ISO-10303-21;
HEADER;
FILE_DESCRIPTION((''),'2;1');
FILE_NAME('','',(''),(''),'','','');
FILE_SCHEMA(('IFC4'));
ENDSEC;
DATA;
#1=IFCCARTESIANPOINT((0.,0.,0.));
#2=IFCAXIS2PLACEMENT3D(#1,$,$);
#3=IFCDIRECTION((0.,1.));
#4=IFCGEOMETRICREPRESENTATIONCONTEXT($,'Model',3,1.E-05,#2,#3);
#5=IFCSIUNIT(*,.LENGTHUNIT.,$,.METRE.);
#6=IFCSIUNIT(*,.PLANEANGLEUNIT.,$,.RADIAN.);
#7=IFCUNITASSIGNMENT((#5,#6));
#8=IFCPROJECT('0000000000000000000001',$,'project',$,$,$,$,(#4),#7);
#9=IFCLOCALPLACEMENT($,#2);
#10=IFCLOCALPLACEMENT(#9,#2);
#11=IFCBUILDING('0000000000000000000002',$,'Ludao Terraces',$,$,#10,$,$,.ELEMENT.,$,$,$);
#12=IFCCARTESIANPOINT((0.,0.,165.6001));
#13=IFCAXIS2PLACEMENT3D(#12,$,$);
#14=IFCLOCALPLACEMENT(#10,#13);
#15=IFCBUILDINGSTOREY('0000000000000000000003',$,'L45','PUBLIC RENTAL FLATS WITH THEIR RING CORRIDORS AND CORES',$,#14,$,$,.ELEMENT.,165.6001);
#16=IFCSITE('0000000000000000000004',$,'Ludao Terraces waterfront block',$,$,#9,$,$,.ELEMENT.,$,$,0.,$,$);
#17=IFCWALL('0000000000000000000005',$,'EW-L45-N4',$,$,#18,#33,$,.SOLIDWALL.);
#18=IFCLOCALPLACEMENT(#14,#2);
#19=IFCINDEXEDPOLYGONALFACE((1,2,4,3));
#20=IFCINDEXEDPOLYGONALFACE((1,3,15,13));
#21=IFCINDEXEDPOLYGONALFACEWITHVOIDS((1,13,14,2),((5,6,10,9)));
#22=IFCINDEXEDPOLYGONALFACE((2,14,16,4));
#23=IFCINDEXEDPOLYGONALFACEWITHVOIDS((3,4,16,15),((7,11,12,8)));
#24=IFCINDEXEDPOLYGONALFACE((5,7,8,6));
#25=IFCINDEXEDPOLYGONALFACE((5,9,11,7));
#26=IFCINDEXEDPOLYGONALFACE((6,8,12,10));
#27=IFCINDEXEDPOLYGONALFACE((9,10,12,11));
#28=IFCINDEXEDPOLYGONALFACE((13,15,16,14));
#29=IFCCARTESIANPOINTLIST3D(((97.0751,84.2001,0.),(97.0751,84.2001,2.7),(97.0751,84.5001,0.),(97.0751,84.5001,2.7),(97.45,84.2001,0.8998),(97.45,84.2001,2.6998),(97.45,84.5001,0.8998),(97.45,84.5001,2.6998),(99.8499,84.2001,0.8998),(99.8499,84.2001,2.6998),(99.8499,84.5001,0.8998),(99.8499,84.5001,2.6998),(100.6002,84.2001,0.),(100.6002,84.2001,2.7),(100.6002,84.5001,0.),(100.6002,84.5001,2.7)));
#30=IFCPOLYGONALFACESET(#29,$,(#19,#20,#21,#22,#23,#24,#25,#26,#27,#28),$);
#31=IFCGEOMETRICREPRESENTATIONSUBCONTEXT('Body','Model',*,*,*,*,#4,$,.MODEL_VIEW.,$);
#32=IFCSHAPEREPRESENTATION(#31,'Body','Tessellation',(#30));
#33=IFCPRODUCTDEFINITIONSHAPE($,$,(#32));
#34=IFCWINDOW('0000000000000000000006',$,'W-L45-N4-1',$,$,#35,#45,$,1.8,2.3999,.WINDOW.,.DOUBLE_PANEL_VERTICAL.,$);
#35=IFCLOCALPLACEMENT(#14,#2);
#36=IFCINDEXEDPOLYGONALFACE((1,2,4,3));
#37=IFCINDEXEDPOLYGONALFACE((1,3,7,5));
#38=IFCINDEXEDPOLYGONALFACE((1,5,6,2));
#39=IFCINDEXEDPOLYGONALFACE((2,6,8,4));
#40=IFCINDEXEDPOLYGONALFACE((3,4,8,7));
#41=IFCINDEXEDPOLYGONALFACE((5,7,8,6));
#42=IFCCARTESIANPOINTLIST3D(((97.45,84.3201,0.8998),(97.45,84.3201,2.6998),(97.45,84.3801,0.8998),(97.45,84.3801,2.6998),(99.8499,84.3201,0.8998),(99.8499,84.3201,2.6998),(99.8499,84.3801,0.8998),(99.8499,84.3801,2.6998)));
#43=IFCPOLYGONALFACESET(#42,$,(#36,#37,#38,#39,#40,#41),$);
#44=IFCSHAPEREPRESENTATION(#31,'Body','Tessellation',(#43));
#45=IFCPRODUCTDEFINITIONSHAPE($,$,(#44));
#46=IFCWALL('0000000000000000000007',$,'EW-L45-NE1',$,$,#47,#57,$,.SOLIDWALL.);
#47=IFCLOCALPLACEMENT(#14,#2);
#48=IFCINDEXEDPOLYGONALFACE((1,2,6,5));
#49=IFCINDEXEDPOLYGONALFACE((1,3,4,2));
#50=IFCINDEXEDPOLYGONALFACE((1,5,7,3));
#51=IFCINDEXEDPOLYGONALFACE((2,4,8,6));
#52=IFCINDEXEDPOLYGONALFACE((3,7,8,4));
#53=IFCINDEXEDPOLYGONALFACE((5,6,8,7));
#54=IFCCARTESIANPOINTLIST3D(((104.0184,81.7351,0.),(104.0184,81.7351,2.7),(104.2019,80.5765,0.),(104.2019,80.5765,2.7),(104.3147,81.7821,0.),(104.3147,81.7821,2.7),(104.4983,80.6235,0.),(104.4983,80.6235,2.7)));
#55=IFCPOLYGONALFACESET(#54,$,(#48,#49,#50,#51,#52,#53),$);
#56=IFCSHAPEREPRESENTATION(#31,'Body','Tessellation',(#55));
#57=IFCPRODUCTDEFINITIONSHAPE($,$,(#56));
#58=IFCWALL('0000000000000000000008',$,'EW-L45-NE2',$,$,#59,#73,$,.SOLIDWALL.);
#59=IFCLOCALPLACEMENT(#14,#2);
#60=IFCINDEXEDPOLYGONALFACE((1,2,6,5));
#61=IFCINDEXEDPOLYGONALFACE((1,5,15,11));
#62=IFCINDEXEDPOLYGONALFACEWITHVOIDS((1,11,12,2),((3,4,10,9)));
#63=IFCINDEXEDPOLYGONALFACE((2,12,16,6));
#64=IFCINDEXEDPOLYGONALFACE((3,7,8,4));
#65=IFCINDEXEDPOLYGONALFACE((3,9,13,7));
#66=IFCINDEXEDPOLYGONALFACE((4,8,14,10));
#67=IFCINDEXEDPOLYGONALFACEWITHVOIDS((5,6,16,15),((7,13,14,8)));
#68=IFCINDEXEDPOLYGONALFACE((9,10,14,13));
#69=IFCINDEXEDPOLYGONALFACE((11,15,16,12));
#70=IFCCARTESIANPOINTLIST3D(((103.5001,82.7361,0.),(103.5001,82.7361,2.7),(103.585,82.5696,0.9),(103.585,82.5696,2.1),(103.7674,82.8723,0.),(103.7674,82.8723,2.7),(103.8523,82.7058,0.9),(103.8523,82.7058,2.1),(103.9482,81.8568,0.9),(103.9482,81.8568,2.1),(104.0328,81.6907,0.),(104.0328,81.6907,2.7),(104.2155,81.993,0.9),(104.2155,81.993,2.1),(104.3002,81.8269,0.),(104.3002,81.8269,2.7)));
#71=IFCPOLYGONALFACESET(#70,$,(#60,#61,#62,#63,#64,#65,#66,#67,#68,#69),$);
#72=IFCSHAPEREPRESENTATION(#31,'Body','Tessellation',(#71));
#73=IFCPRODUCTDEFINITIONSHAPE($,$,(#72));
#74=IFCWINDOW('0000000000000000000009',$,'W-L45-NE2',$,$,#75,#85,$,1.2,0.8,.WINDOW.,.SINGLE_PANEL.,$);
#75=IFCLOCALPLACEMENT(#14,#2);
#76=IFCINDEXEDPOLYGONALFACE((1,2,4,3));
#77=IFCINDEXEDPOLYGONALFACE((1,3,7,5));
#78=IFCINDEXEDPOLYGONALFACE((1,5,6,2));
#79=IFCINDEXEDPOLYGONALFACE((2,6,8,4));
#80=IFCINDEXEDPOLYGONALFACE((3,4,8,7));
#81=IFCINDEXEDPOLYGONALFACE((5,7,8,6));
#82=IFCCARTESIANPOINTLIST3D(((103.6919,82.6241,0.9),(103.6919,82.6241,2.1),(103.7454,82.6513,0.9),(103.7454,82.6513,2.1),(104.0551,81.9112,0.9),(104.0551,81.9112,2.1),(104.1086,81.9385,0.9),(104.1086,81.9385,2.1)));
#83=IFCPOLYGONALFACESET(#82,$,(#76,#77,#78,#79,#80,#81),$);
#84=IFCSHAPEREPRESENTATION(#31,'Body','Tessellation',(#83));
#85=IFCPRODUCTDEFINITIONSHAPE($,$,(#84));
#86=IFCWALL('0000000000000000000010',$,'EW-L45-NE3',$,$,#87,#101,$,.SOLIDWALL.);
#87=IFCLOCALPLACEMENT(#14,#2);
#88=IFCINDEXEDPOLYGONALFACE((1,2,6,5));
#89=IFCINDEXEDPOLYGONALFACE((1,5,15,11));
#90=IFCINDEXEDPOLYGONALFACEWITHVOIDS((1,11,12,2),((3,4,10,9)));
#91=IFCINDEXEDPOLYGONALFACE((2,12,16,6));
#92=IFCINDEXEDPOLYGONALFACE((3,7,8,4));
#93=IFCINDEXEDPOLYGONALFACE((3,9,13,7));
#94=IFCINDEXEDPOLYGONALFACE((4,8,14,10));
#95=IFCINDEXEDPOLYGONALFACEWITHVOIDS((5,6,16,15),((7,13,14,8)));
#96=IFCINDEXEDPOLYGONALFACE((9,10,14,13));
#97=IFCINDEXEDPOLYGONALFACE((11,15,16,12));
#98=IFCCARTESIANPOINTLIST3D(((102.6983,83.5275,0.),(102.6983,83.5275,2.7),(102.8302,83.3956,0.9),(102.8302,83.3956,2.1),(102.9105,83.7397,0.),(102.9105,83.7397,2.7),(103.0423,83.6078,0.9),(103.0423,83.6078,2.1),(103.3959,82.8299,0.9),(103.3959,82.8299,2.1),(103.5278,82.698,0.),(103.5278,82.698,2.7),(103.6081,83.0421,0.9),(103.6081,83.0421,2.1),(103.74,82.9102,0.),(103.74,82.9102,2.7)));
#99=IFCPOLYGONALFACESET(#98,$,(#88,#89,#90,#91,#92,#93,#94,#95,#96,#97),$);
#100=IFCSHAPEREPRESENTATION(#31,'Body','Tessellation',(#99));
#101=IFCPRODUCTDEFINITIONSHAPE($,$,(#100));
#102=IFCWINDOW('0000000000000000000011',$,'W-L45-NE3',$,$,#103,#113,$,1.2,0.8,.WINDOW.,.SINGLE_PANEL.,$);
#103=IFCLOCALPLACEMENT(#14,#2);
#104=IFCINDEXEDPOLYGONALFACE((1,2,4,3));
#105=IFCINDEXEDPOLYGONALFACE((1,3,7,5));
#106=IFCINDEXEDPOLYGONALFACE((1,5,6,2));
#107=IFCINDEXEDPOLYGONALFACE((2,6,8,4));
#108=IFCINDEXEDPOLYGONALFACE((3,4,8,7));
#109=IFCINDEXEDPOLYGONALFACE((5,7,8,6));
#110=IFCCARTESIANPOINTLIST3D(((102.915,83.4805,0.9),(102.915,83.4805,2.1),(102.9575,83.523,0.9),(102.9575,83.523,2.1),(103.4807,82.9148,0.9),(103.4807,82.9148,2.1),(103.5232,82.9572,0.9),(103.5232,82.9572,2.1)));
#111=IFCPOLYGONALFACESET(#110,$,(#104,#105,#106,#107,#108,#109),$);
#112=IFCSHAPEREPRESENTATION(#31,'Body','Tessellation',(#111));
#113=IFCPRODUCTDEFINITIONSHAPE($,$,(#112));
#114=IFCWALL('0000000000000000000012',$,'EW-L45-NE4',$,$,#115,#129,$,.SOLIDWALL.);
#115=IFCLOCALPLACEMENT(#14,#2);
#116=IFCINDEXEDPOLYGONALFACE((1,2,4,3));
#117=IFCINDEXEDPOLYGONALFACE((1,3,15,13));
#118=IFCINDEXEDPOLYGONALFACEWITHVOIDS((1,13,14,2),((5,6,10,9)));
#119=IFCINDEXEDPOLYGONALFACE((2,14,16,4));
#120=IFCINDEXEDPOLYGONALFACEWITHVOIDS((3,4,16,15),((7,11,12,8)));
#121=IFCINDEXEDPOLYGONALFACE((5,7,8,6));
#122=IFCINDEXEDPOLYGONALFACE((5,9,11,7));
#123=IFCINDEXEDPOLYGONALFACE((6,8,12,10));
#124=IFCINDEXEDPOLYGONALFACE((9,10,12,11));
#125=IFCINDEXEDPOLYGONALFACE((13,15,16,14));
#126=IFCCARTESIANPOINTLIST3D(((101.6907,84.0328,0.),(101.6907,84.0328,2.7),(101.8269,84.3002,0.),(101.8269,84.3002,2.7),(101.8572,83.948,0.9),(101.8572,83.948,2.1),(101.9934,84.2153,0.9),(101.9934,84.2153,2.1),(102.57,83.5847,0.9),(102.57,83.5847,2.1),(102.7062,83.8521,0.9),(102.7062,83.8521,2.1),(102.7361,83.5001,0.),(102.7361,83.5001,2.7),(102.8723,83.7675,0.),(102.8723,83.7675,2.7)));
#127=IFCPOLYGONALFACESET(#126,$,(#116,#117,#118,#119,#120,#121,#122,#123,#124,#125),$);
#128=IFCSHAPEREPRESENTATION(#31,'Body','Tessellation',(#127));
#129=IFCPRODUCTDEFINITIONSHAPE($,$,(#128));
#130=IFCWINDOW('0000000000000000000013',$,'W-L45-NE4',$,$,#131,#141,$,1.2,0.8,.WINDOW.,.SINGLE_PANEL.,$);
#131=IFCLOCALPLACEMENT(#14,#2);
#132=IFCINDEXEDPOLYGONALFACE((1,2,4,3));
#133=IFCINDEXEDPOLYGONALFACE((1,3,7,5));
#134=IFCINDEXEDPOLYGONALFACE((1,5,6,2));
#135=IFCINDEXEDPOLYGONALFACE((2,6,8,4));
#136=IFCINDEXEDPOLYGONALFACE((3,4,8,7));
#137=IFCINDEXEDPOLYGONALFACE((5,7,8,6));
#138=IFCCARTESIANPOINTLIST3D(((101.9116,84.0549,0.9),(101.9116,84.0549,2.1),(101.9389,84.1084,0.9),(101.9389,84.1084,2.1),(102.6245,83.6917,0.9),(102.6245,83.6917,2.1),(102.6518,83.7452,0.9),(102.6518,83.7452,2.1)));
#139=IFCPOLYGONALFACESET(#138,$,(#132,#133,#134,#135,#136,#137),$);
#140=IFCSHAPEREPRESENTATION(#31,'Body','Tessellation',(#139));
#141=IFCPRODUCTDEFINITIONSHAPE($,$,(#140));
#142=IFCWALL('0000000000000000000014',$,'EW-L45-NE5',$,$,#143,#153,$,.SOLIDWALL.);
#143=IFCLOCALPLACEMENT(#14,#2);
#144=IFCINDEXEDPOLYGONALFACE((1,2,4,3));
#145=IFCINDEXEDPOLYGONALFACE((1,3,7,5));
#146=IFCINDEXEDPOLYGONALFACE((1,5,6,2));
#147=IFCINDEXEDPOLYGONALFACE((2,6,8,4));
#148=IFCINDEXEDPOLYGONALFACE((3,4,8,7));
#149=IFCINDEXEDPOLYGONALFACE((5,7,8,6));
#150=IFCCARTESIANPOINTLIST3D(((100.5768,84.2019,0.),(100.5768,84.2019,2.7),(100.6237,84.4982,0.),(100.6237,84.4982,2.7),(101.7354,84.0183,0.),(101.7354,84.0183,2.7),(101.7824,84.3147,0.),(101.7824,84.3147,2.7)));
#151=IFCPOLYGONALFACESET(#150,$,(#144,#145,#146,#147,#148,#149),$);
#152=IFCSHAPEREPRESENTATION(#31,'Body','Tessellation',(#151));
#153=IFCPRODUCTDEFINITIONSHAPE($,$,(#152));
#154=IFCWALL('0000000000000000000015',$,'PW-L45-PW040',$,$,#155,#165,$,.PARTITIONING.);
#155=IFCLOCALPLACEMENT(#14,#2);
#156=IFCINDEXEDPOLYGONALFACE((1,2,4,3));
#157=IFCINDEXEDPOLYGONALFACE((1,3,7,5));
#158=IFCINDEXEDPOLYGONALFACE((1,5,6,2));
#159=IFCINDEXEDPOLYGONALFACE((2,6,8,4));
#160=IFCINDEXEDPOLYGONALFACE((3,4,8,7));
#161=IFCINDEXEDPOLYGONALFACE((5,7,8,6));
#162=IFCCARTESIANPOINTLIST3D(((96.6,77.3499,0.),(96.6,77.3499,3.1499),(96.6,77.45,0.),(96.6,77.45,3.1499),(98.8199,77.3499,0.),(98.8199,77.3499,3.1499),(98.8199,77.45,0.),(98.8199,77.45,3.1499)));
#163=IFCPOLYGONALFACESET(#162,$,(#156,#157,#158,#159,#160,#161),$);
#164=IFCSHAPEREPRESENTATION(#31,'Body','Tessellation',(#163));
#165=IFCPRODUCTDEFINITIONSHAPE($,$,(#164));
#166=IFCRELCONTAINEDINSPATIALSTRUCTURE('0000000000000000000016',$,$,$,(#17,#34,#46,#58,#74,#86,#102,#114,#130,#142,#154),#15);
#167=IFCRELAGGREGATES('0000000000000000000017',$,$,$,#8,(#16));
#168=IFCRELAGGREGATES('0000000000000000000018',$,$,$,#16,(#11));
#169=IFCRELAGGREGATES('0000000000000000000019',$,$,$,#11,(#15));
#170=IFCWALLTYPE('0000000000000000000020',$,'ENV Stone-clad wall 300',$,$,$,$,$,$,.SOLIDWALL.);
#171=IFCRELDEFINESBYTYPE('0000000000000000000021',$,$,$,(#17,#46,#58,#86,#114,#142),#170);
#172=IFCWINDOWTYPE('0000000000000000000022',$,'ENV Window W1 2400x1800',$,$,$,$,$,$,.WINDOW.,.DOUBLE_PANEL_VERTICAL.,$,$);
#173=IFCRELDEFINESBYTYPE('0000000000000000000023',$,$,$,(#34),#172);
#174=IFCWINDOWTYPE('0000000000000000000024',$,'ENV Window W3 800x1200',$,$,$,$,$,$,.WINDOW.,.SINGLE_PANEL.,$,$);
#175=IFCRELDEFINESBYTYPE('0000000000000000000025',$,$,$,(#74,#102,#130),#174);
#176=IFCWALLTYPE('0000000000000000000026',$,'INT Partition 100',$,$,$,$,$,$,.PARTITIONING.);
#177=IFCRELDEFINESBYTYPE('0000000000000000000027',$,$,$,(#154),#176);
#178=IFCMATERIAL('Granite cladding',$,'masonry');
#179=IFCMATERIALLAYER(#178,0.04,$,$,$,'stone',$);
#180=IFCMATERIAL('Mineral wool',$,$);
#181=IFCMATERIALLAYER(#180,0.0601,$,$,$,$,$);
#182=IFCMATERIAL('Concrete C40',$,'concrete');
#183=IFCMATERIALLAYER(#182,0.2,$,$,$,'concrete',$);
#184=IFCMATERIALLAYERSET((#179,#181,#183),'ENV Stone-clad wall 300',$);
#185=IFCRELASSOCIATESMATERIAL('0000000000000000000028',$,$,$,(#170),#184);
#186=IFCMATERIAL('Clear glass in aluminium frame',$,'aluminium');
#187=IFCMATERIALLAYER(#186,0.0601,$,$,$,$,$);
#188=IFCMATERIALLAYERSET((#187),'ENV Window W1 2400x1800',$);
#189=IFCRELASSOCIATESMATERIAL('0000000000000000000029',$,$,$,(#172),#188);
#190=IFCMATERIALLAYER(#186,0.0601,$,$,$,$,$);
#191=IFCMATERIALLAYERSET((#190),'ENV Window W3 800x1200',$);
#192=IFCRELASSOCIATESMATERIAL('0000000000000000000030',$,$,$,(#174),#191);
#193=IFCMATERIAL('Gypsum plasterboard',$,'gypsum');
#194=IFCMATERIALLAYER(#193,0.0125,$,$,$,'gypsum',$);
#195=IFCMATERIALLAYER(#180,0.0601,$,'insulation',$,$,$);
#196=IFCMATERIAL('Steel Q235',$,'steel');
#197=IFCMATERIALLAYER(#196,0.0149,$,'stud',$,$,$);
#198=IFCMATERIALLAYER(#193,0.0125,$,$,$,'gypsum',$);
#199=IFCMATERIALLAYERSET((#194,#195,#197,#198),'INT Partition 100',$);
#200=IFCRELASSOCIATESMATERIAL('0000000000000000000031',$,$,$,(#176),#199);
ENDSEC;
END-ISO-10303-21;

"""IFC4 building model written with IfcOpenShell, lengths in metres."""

from ifc_helpers import new_model, si_unit, direction, frame, frame_2d, origin, place, context, subcontext, project, spatial, rectangle, extrude, material, layer, layer_set, type_object, element, fill, save


model = new_model("IFC4")

# Units and contexts
model_context = context("Model", 3, precision=1e-05, world=origin(), true_north=direction((0.0, 1.0)))
body_context = subcontext(model_context, "Body", "Model", "MODEL_VIEW")
ifc_project = project(units=[si_unit("LENGTHUNIT", "METRE"), si_unit("PLANEANGLEUNIT", "RADIAN")], contexts=[model_context])

# Site, building, storey
site_placement = place(None, origin())
site = spatial("IfcSite", under=ifc_project, at=site_placement, Name="Ludao Terraces waterfront block", CompositionType="ELEMENT", RefElevation=0.0)
building_placement = place(site_placement, origin())
building = spatial("IfcBuilding", under=site, at=building_placement, Name="Ludao Terraces", CompositionType="ELEMENT")
storey_placement = place(building_placement, frame((0.0, 0.0, 165.6001)))
storey = spatial("IfcBuildingStorey", under=building, at=storey_placement, Name="L45", Description="PUBLIC RENTAL FLATS WITH THEIR RING CORRIDORS AND CORES", CompositionType="ELEMENT", Elevation=165.6001)

# Shared definitions
ifc_material_1 = material(Name="Concrete C40", Category="concrete")

# Shared definitions
ifc_material_2 = material(Name="Steel Q235", Category="steel")

# Shared definitions
ifc_material_3 = material(Name="Granite cladding", Category="masonry")
ifc_layer_1 = layer(ifc_material_3, 0.04, Category="stone")
ifc_material_4 = material(Name="Mineral wool")
ifc_layer_2 = layer(ifc_material_4, 0.0601)
ifc_layer_3 = layer(ifc_material_1, 0.2, Category="concrete")
ifc_layer_set_1 = layer_set([ifc_layer_1, ifc_layer_2, ifc_layer_3], Name="ENV Stone-clad wall 300")
wall_type_1 = type_object("IfcWallType", Name="ENV Stone-clad wall 300", PredefinedType="SOLIDWALL", material=ifc_layer_set_1)
ifc_material_5 = material(Name="Clear glass in aluminium frame", Category="aluminium")
ifc_layer_4 = layer(ifc_material_5, 0.0601)
ifc_layer_set_2 = layer_set([ifc_layer_4], Name="ENV Window W1 2400x1800")
window_type_1 = type_object("IfcWindowType", Name="ENV Window W1 2400x1800", PartitioningType="DOUBLE_PANEL_VERTICAL", PredefinedType="WINDOW", material=ifc_layer_set_2)

# Wall, opening, window
wall_1_placement = place(storey_placement, frame((97.075, 84.3501, 0.0), z_axis=(0.0, 0.0, 1.0), x_axis=(1.0, 0.0, 0.0)))
wall_1 = element("IfcWall", 1, at=wall_1_placement, inside=storey, type_object=wall_type_1, Name="EW-L45-N4", PredefinedType="SOLIDWALL", context=body_context, shape_type="SweptSolid", body=[
    extrude(rectangle(XDim=3.5251, YDim=0.3, at=frame_2d((1.7627, 0.0))), origin(), (0.0, 0.0, 1.0), 2.7),
])
opening_1_placement = place(wall_1_placement, frame((0.375, 0.0, 0.8999)))
opening_1 = element("IfcOpeningElement", 2, at=opening_1_placement, cuts=wall_1, PredefinedType="OPENING", context=body_context, shape_type="SweptSolid", body=[
    extrude(rectangle(XDim=2.3999, YDim=1.8, at=frame_2d((1.2, 0.8999))), frame((0.0, 0.1602, 0.0), z_axis=(0.0, -1.0, 0.0), x_axis=(1.0, 0.0, 0.0)), (0.0, 0.0, 1.0), 0.3201),
])
window_1_placement = place(opening_1_placement, origin())
window_1 = element("IfcWindow", 3, at=window_1_placement, inside=storey, type_object=window_type_1, Name="W-L45-N4-1", OverallHeight=1.8, OverallWidth=2.3999, PartitioningType="DOUBLE_PANEL_VERTICAL", PredefinedType="WINDOW", context=body_context, shape_type="SweptSolid", body=[
    extrude(rectangle(XDim=2.3999, YDim=1.8, at=frame_2d((1.2, 0.8999))), frame((0.0, 0.03, 0.0), z_axis=(0.0, -1.0, 0.0), x_axis=(1.0, 0.0, 0.0)), (0.0, 0.0, 1.0), 0.0601),
])
fill(opening_1, window_1)

# Wall
wall_2_placement = place(storey_placement, frame((104.3501, 80.6001, 0.0), z_axis=(0.0, 0.0, 1.0), x_axis=(-0.156497, 0.987678, 0.0)))
element("IfcWall", 4, at=wall_2_placement, inside=storey, type_object=wall_type_1, Name="EW-L45-NE1", PredefinedType="SOLIDWALL", context=body_context, shape_type="SweptSolid", body=[
    extrude(rectangle(XDim=1.1731, YDim=0.3, at=frame_2d((0.5864, 0.0))), origin(), (0.0, 0.0, 1.0), 2.7),
])

# Walls, openings, windows
wall_3_placement = place(storey_placement, frame((104.1665, 81.7588, 0.0), z_axis=(0.0, 0.0, 1.0), x_axis=(-0.454026, 0.890989, 0.0)))
wall_3 = element("IfcWall", 5, at=wall_3_placement, inside=storey, type_object=wall_type_1, Name="EW-L45-NE2", PredefinedType="SOLIDWALL", context=body_context, shape_type="SweptSolid", body=[
    extrude(rectangle(XDim=1.1733, YDim=0.3, at=frame_2d((0.5867, 0.0))), origin(), (0.0, 0.0, 1.0), 2.7),
])
opening_2_placement = place(wall_3_placement, frame((0.1865, 0.0, 0.8999)))
opening_2 = element("IfcOpeningElement", 6, at=opening_2_placement, cuts=wall_3, PredefinedType="OPENING", context=body_context, shape_type="SweptSolid", body=[
    extrude(rectangle(XDim=0.8, YDim=1.2, at=frame_2d((0.3999, 0.6001))), frame((0.0, 0.1602, 0.0), z_axis=(0.0, -1.0, 0.0), x_axis=(1.0, 0.0, 0.0)), (0.0, 0.0, 1.0), 0.3201),
])
ifc_layer_5 = layer(ifc_material_5, 0.0601)
ifc_layer_set_3 = layer_set([ifc_layer_5], Name="ENV Window W3 800x1200")
window_type_2 = type_object("IfcWindowType", Name="ENV Window W3 800x1200", PartitioningType="SINGLE_PANEL", PredefinedType="WINDOW", material=ifc_layer_set_3)
window_2_placement = place(opening_2_placement, origin())
window_2 = element("IfcWindow", 7, at=window_2_placement, inside=storey, type_object=window_type_2, Name="W-L45-NE2", OverallHeight=1.2, OverallWidth=0.8, PartitioningType="SINGLE_PANEL", PredefinedType="WINDOW", context=body_context, shape_type="SweptSolid", body=[
    extrude(rectangle(XDim=0.8, YDim=1.2, at=frame_2d((0.3999, 0.6001))), frame((0.0, 0.03, 0.0), z_axis=(0.0, -1.0, 0.0), x_axis=(1.0, 0.0, 0.0)), (0.0, 0.0, 1.0), 0.0601),
])
fill(opening_2, window_2)
wall_4_placement = place(storey_placement, frame((103.6338, 82.8042, 0.0), z_axis=(0.0, 0.0, 1.0), x_axis=(-0.707107, 0.707107, 0.0)))
wall_4 = element("IfcWall", 8, at=wall_4_placement, inside=storey, type_object=wall_type_1, Name="EW-L45-NE3", PredefinedType="SOLIDWALL", context=body_context, shape_type="SweptSolid", body=[
    extrude(rectangle(XDim=1.1731, YDim=0.3, at=frame_2d((0.5864, 0.0))), origin(), (0.0, 0.0, 1.0), 2.7),
])
opening_3_placement = place(wall_4_placement, frame((0.1865, 0.0, 0.8999)))
opening_3 = element("IfcOpeningElement", 9, at=opening_3_placement, cuts=wall_4, PredefinedType="OPENING", context=body_context, shape_type="SweptSolid", body=[
    extrude(rectangle(XDim=0.8, YDim=1.2, at=frame_2d((0.3999, 0.6001))), frame((0.0, 0.1602, 0.0), z_axis=(0.0, -1.0, 0.0), x_axis=(1.0, 0.0, 0.0)), (0.0, 0.0, 1.0), 0.3201),
])
window_3_placement = place(opening_3_placement, origin())
window_3 = element("IfcWindow", 10, at=window_3_placement, inside=storey, type_object=window_type_2, Name="W-L45-NE3", OverallHeight=1.2, OverallWidth=0.8, PartitioningType="SINGLE_PANEL", PredefinedType="WINDOW", context=body_context, shape_type="SweptSolid", body=[
    extrude(rectangle(XDim=0.8, YDim=1.2, at=frame_2d((0.3999, 0.6001))), frame((0.0, 0.03, 0.0), z_axis=(0.0, -1.0, 0.0), x_axis=(1.0, 0.0, 0.0)), (0.0, 0.0, 1.0), 0.0601),
])
fill(opening_3, window_3)
wall_5_placement = place(storey_placement, frame((102.8042, 83.6338, 0.0), z_axis=(0.0, 0.0, 1.0), x_axis=(-0.890989, 0.454026, 0.0)))
wall_5 = element("IfcWall", 11, at=wall_5_placement, inside=storey, type_object=wall_type_1, Name="EW-L45-NE4", PredefinedType="SOLIDWALL", context=body_context, shape_type="SweptSolid", body=[
    extrude(rectangle(XDim=1.1733, YDim=0.3, at=frame_2d((0.5867, 0.0))), origin(), (0.0, 0.0, 1.0), 2.7),
])
opening_4_placement = place(wall_5_placement, frame((0.1865, 0.0, 0.8999)))
opening_4 = element("IfcOpeningElement", 12, at=opening_4_placement, cuts=wall_5, PredefinedType="OPENING", context=body_context, shape_type="SweptSolid", body=[
    extrude(rectangle(XDim=0.8, YDim=1.2, at=frame_2d((0.3999, 0.6001))), frame((0.0, 0.1602, 0.0), z_axis=(0.0, -1.0, 0.0), x_axis=(1.0, 0.0, 0.0)), (0.0, 0.0, 1.0), 0.3201),
])
window_4_placement = place(opening_4_placement, origin())
window_4 = element("IfcWindow", 13, at=window_4_placement, inside=storey, type_object=window_type_2, Name="W-L45-NE4", OverallHeight=1.2, OverallWidth=0.8, PartitioningType="SINGLE_PANEL", PredefinedType="WINDOW", context=body_context, shape_type="SweptSolid", body=[
    extrude(rectangle(XDim=0.8, YDim=1.2, at=frame_2d((0.3999, 0.6001))), frame((0.0, 0.03, 0.0), z_axis=(0.0, -1.0, 0.0), x_axis=(1.0, 0.0, 0.0)), (0.0, 0.0, 1.0), 0.0601),
])
fill(opening_4, window_4)

# Walls
wall_6_placement = place(storey_placement, frame((101.7588, 84.1665, 0.0), z_axis=(0.0, 0.0, 1.0), x_axis=(-0.987678, 0.156497, 0.0)))
element("IfcWall", 14, at=wall_6_placement, inside=storey, type_object=wall_type_1, Name="EW-L45-NE5", PredefinedType="SOLIDWALL", context=body_context, shape_type="SweptSolid", body=[
    extrude(rectangle(XDim=1.1731, YDim=0.3, at=frame_2d((0.5864, 0.0))), origin(), (0.0, 0.0, 1.0), 2.7),
])
ifc_material_6 = material(Name="Gypsum plasterboard", Category="gypsum")
ifc_layer_6 = layer(ifc_material_6, 0.0125, Category="gypsum")
ifc_layer_7 = layer(ifc_material_4, 0.0601, Name="insulation")
ifc_layer_8 = layer(ifc_material_2, 0.0149, Name="stud")
ifc_layer_9 = layer(ifc_material_6, 0.0125, Category="gypsum")
ifc_layer_set_4 = layer_set([ifc_layer_6, ifc_layer_7, ifc_layer_8, ifc_layer_9], Name="INT Partition 100")
wall_type_2 = type_object("IfcWallType", Name="INT Partition 100", PredefinedType="PARTITIONING", material=ifc_layer_set_4)
for number, where, z_axis, x_axis, name in (
    (15, (96.6001, 77.3999, 0.0), (0.0, 0.0, 1.0), (1.0, 0.0, 0.0), "PW-L45-PW040"),
):
    element("IfcWall", number, at=place(storey_placement, frame(where, z_axis=z_axis, x_axis=x_axis)), inside=storey, type_object=wall_type_2, Name=name, PredefinedType="PARTITIONING", context=body_context, shape_type="SweptSolid", body=[
        extrude(rectangle(XDim=2.22, YDim=0.1001, at=frame_2d((1.1099, 0.0))), origin(), (0.0, 0.0, 1.0), 3.1499),
    ])

save(model, "model.ifc")
